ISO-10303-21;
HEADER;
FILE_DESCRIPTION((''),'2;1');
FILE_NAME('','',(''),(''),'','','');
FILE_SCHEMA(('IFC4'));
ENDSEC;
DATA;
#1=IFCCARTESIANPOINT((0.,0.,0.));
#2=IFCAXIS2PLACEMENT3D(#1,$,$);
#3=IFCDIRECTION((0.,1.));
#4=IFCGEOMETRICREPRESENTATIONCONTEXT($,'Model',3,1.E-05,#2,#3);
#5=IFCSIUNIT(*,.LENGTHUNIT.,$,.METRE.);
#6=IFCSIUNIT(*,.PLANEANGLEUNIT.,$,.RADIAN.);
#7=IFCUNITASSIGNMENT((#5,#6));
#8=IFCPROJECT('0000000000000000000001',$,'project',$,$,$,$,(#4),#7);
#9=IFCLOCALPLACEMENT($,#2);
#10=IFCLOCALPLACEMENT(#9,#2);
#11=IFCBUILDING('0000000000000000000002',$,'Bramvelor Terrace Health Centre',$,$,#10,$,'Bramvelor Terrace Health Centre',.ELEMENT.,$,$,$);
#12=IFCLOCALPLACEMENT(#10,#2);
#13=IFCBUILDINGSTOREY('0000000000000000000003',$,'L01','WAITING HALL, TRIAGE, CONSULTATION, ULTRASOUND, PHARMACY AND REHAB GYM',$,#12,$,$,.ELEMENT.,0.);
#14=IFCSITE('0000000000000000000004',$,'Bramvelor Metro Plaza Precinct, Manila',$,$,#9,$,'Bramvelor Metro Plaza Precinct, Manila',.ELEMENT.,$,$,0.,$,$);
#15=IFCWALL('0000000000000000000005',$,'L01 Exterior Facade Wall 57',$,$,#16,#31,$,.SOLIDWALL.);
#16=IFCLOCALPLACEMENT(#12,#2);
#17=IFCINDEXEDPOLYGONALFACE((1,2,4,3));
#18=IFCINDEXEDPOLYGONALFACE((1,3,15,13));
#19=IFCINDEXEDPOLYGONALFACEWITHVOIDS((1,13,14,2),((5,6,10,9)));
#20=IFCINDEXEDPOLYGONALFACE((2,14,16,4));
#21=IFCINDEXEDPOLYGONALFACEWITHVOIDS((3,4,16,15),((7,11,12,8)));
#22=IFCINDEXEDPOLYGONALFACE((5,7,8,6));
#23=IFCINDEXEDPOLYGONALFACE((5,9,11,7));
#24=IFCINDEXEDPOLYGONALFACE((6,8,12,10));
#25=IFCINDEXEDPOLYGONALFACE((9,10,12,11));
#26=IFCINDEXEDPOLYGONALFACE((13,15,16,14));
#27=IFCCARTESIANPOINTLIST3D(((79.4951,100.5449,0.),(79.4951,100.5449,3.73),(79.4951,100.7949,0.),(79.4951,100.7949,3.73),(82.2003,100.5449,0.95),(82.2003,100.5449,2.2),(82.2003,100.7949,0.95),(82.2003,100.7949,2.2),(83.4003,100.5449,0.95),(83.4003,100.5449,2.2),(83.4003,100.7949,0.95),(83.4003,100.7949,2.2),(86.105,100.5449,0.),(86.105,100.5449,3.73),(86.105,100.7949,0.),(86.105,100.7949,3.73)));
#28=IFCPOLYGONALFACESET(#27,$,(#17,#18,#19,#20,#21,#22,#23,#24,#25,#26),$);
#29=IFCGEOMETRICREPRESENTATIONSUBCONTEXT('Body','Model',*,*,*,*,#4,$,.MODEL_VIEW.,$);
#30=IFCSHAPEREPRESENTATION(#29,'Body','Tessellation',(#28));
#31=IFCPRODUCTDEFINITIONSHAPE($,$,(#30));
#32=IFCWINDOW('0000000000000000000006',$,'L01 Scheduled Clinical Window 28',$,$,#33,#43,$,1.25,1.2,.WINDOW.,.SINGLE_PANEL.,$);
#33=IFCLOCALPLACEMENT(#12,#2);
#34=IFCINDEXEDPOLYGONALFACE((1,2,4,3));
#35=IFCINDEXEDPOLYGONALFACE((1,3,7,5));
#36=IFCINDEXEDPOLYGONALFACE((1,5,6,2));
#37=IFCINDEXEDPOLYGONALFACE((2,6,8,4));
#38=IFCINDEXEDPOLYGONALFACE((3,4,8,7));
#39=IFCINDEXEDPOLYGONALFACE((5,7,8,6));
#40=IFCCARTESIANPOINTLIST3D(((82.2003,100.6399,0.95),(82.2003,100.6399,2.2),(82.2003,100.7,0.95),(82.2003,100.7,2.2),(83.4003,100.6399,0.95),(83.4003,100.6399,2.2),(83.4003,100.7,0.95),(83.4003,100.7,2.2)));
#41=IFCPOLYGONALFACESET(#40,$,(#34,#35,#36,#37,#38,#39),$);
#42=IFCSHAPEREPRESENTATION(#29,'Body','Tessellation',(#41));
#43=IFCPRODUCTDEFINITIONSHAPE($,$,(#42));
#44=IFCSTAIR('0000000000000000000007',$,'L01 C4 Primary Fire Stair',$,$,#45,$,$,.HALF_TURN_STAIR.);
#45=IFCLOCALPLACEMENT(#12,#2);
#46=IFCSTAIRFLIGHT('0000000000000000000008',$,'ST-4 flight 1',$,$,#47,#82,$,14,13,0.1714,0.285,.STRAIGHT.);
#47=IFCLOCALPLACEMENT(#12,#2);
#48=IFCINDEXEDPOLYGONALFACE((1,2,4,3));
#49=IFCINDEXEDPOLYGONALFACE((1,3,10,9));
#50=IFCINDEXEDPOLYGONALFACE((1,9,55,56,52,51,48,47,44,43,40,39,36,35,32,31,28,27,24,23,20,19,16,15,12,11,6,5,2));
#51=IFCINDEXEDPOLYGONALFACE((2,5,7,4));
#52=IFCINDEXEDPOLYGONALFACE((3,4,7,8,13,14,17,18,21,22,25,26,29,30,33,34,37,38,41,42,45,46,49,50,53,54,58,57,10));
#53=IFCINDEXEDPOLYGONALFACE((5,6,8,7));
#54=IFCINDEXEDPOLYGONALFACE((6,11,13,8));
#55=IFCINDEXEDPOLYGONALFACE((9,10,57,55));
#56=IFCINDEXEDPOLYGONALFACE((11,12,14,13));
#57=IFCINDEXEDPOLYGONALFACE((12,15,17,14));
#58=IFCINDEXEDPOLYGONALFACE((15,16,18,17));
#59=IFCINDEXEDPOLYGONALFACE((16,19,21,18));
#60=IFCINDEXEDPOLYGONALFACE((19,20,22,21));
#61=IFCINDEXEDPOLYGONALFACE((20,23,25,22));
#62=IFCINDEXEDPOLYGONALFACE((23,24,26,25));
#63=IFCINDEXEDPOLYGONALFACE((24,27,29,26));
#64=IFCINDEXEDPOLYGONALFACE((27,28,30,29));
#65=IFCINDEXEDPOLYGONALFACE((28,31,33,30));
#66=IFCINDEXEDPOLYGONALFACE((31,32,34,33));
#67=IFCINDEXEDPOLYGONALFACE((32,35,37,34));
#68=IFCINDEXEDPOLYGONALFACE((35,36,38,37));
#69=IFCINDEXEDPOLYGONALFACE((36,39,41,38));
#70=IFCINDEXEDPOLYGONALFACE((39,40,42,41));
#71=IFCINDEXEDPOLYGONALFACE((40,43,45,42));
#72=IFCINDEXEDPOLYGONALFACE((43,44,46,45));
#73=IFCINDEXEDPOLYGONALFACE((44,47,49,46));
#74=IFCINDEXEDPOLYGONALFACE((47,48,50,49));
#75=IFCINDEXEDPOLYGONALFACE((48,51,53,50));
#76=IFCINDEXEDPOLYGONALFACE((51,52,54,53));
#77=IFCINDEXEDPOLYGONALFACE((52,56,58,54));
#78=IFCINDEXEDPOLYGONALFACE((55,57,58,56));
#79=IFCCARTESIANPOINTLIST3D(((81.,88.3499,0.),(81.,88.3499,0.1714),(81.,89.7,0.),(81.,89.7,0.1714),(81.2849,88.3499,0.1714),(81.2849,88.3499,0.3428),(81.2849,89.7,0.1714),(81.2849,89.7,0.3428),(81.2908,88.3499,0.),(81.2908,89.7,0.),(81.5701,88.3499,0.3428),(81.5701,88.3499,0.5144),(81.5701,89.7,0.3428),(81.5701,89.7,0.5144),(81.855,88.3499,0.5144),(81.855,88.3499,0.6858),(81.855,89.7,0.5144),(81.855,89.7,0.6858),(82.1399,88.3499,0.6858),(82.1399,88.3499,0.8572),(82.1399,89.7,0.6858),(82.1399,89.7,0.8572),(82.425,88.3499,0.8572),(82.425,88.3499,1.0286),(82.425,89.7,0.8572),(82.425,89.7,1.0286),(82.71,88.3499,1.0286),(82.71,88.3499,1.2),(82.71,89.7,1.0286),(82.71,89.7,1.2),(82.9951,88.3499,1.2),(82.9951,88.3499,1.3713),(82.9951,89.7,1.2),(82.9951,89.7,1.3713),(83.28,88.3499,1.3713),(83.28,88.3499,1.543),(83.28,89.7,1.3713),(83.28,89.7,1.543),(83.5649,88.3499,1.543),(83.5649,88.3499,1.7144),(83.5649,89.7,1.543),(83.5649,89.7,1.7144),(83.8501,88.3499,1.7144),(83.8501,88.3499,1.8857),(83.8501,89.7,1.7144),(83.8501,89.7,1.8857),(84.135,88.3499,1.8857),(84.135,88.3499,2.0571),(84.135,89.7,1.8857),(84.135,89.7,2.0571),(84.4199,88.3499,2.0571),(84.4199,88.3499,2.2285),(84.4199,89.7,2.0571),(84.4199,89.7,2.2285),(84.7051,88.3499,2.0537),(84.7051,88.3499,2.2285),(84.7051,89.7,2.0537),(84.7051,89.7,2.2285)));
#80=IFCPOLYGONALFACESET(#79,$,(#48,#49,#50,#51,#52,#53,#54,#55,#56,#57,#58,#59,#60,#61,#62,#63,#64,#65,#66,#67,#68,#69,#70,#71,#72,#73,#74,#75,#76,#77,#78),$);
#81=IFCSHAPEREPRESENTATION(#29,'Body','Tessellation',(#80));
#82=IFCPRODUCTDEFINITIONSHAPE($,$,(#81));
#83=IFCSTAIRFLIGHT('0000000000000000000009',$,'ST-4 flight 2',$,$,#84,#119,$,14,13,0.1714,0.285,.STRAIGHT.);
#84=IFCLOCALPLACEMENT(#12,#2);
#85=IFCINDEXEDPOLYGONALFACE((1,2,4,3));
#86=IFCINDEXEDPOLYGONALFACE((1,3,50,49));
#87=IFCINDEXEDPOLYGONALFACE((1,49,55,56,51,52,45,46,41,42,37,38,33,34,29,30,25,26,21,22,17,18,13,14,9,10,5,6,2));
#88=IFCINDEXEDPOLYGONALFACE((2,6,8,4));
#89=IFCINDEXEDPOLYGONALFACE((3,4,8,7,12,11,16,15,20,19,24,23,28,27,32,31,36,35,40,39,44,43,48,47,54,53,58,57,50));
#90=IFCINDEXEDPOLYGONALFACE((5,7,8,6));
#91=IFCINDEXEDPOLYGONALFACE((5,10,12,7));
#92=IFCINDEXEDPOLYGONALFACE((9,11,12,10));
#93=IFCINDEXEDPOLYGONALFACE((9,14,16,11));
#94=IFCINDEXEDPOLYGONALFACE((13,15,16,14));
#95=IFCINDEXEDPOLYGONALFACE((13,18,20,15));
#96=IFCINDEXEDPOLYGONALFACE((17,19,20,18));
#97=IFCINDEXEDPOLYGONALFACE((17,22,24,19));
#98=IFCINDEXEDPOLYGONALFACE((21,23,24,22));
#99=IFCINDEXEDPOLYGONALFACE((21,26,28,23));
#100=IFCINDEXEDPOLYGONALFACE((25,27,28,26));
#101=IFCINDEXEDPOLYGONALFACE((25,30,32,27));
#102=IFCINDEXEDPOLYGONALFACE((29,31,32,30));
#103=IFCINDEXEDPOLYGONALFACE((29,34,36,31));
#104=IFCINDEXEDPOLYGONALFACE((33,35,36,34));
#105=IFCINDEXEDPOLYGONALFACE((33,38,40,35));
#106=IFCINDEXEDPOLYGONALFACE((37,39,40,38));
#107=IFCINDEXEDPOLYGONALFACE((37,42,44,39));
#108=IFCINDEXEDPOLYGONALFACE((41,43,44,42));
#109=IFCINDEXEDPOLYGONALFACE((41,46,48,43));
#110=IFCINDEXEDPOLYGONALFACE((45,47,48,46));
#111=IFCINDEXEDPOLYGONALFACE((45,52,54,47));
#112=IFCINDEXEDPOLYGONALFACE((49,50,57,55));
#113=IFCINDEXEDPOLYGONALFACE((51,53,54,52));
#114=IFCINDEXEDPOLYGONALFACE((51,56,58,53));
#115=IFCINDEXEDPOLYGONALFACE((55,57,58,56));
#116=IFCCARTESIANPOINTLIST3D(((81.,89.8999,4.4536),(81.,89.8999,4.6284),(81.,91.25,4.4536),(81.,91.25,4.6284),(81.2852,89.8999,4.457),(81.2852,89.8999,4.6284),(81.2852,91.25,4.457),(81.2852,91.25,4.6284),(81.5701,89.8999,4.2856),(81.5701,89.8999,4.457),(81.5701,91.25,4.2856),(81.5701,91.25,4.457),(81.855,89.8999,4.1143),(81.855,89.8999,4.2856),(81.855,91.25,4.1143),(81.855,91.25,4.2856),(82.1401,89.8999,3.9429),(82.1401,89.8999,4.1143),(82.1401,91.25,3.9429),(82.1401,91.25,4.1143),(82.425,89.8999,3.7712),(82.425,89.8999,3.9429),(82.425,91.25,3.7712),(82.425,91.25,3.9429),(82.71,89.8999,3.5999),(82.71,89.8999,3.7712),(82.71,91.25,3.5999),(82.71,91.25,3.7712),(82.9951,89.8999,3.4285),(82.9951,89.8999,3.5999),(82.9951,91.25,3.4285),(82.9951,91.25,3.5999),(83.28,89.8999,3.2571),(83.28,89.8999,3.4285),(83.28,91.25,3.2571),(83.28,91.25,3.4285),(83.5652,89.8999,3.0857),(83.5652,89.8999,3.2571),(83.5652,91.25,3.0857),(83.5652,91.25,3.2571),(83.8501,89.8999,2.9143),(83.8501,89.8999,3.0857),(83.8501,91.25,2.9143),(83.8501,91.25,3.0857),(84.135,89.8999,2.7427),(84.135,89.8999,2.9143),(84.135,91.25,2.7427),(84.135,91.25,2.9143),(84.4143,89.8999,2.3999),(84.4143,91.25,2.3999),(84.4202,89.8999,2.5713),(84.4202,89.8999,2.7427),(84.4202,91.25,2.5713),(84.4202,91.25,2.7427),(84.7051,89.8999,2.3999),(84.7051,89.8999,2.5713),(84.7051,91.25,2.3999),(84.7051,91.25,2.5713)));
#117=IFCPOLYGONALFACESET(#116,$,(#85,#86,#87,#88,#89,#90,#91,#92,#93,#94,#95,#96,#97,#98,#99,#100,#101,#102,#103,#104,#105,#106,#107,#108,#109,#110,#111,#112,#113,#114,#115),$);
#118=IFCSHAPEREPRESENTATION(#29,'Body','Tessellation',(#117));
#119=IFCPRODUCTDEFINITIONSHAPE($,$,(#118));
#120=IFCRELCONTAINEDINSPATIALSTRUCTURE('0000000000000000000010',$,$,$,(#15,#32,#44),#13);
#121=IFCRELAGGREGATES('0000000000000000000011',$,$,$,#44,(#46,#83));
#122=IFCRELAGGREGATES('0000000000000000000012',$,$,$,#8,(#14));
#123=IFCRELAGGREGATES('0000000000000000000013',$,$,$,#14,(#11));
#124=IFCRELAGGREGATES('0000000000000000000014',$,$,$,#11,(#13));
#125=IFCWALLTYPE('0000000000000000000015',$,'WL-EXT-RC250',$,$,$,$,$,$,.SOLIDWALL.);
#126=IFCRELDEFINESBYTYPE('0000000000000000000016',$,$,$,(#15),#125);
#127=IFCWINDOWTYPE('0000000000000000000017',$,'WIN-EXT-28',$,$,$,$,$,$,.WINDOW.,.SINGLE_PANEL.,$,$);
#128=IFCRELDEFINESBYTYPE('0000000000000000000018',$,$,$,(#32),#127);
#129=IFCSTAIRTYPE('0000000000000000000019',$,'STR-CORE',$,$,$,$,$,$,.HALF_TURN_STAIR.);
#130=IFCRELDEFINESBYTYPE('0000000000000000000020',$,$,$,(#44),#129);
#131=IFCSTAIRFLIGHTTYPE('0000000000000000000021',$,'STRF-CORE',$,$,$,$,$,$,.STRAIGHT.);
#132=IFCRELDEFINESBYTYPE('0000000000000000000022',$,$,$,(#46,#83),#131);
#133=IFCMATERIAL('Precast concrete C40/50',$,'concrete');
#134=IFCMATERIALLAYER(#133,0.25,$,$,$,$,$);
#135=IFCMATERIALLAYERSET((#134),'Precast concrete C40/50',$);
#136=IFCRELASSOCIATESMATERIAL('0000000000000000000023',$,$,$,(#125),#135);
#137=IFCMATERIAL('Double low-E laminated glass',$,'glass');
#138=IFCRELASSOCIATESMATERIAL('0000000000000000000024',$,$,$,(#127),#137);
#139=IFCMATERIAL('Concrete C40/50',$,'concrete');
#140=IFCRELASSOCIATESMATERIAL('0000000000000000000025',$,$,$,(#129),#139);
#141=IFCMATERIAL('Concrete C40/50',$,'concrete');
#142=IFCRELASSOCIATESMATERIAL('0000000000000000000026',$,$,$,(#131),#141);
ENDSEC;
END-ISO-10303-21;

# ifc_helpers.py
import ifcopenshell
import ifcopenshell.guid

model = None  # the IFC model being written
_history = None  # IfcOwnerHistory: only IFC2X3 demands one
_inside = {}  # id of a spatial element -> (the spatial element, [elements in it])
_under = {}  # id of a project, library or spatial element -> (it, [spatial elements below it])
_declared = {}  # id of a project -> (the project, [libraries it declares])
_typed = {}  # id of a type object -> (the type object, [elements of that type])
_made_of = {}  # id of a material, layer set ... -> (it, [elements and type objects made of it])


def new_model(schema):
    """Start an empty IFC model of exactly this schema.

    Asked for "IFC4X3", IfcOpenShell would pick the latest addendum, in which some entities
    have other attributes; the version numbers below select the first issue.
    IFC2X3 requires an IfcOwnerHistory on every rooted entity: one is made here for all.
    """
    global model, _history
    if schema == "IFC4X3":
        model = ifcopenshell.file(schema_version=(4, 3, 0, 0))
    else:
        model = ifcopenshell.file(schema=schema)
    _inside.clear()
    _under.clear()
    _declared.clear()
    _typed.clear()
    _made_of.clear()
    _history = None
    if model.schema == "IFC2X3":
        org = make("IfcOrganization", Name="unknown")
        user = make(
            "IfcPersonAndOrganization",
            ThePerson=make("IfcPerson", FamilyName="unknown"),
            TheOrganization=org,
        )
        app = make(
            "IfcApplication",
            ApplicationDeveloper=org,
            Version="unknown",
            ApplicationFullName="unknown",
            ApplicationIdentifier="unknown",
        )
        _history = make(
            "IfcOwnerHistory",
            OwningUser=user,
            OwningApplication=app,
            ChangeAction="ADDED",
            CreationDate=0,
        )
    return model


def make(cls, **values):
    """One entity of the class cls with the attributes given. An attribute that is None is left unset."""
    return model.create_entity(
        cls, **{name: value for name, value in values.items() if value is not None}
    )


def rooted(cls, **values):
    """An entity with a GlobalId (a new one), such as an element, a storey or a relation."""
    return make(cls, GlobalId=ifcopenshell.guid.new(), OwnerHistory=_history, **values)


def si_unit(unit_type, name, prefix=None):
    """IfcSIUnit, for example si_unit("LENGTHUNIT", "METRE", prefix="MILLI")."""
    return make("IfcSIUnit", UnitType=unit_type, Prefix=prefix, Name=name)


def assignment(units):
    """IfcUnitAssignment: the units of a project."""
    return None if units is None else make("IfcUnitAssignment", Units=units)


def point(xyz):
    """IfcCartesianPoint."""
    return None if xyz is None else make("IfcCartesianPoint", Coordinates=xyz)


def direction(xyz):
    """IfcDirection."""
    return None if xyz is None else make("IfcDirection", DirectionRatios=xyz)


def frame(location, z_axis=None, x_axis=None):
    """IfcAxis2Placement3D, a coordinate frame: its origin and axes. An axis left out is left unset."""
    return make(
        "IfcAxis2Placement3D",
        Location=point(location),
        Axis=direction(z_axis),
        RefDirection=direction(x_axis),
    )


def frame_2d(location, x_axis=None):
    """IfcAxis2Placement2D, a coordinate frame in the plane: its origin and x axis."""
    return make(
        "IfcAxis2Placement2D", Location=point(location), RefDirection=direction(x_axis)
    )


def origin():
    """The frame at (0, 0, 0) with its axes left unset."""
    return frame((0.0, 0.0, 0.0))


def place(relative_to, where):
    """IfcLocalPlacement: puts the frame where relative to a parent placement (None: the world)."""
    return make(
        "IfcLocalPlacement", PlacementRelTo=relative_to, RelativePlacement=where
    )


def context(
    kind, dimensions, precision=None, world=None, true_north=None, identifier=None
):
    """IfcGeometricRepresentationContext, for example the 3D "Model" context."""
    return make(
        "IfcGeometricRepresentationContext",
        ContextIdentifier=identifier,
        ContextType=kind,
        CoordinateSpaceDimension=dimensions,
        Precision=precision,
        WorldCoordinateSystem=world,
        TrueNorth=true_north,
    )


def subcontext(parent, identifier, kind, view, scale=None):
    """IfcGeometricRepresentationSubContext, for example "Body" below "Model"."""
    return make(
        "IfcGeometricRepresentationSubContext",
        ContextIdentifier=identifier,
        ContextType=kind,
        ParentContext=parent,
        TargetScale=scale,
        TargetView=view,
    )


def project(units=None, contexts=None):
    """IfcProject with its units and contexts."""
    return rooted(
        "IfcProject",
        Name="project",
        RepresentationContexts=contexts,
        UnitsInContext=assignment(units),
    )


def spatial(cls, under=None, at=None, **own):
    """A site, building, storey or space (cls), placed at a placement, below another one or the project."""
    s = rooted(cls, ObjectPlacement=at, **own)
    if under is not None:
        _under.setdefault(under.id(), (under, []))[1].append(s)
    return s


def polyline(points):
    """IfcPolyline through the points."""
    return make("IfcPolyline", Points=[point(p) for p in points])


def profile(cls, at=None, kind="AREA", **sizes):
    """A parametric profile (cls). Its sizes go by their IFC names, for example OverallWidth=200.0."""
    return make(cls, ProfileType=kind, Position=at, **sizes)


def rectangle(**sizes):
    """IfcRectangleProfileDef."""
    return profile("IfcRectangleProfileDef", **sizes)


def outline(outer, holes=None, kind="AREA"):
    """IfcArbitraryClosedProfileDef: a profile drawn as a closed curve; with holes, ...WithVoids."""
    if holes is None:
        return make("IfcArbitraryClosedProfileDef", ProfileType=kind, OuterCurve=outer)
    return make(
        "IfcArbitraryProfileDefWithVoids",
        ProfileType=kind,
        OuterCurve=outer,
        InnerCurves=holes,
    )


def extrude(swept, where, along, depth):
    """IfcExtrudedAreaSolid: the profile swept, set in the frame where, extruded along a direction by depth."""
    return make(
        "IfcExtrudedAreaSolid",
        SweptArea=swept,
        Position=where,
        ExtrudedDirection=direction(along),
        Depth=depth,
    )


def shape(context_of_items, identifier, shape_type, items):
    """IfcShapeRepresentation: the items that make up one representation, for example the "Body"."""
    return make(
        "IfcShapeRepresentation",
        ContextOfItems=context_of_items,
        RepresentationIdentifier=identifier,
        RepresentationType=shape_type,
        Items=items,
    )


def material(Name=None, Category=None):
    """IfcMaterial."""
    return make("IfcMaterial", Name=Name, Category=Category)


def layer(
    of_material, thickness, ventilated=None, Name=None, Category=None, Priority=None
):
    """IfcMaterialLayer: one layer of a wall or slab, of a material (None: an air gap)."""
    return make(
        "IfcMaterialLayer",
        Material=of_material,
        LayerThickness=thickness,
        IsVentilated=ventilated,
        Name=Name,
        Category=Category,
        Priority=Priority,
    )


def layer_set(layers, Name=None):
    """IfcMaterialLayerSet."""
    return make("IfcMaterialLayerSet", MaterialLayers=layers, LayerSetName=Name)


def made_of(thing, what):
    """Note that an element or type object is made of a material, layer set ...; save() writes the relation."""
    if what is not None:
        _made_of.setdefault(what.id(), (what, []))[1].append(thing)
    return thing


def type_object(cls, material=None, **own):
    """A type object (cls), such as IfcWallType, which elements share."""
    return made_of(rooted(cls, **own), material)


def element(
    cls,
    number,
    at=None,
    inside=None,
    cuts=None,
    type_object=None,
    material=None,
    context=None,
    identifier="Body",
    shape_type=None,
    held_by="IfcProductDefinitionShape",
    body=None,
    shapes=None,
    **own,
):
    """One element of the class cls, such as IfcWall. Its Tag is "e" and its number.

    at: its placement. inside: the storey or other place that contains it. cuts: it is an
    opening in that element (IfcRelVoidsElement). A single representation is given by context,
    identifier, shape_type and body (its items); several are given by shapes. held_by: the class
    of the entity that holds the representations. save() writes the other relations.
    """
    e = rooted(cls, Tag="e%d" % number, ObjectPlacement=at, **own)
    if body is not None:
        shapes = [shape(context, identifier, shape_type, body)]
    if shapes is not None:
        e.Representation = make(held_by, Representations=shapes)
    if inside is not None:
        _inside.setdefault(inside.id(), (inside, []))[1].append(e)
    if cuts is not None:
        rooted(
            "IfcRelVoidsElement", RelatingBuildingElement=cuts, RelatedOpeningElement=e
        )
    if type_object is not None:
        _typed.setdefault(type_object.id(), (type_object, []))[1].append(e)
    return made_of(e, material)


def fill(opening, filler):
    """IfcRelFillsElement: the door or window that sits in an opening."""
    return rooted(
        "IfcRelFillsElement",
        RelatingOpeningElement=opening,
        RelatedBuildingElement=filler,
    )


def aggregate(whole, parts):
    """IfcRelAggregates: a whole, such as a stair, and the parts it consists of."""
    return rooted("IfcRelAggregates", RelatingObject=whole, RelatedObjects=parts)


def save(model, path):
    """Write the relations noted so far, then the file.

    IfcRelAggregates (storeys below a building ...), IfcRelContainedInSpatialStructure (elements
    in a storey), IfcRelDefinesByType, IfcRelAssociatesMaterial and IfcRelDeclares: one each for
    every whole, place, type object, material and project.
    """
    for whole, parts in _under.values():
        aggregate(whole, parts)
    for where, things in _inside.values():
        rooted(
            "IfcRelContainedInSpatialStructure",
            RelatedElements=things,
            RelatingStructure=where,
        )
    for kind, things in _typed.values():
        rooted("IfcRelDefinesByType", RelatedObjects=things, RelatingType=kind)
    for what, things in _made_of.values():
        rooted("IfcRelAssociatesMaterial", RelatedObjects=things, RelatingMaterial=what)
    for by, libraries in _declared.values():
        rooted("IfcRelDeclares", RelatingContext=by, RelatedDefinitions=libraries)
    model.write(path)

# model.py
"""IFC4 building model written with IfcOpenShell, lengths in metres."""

from ifc_helpers import new_model, si_unit, direction, frame, frame_2d, origin, place, context, subcontext, project, spatial, polyline, rectangle, outline, extrude, material, layer, layer_set, type_object, element, fill, aggregate, save


model = new_model("IFC4")

# Units and contexts
model_context = context("Model", 3, precision=1e-05, world=origin(), true_north=direction((0.0, 1.0)))
body_context = subcontext(model_context, "Body", "Model", "MODEL_VIEW")
ifc_project = project(units=[si_unit("LENGTHUNIT", "METRE"), si_unit("PLANEANGLEUNIT", "RADIAN")], contexts=[model_context])

# Site, building, storey
site_placement = place(None, origin())
site = spatial("IfcSite", under=ifc_project, at=site_placement, Name="Bramvelor Metro Plaza Precinct, Manila", LongName="Bramvelor Metro Plaza Precinct, Manila", CompositionType="ELEMENT", RefElevation=0.0)
building_placement = place(site_placement, origin())
building = spatial("IfcBuilding", under=site, at=building_placement, Name="Bramvelor Terrace Health Centre", LongName="Bramvelor Terrace Health Centre", CompositionType="ELEMENT")
storey_placement = place(building_placement, origin())
storey = spatial("IfcBuildingStorey", under=building, at=storey_placement, Name="L01", Description="WAITING HALL, TRIAGE, CONSULTATION, ULTRASOUND, PHARMACY AND REHAB GYM", CompositionType="ELEMENT", Elevation=0.0)

# Wall, opening, window
ifc_material_1 = material(Name="Precast concrete C40/50", Category="concrete")
ifc_layer_1 = layer(ifc_material_1, 0.25)
ifc_layer_set_1 = layer_set([ifc_layer_1], Name="Precast concrete C40/50")
wall_type_1 = type_object("IfcWallType", Name="WL-EXT-RC250", PredefinedType="SOLIDWALL", material=ifc_layer_set_1)
wall_1_placement = place(storey_placement, frame((79.4951, 100.6699, 0.0), z_axis=(0.0, 0.0, 1.0), x_axis=(1.0, 0.0, 0.0)))
wall_1 = element("IfcWall", 1, at=wall_1_placement, inside=storey, type_object=wall_type_1, Name="L01 Exterior Facade Wall 57", PredefinedType="SOLIDWALL", context=body_context, shape_type="SweptSolid", body=[
    extrude(rectangle(XDim=6.6099, YDim=0.25, at=frame_2d((3.3049, 0.0))), origin(), (0.0, 0.0, 1.0), 3.73),
])
opening_1_placement = place(wall_1_placement, frame((2.7051, 0.0, 0.95)))
opening_1 = element("IfcOpeningElement", 2, at=opening_1_placement, cuts=wall_1, PredefinedType="OPENING", context=body_context, shape_type="SweptSolid", body=[
    extrude(rectangle(XDim=1.2, YDim=1.25, at=frame_2d((0.6001, 0.625))), frame((0.0, 0.135, 0.0), z_axis=(0.0, -1.0, 0.0), x_axis=(1.0, 0.0, 0.0)), (0.0, 0.0, 1.0), 0.27),
])
ifc_material_2 = material(Name="Double low-E laminated glass", Category="glass")
window_type = type_object("IfcWindowType", Name="WIN-EXT-28", PartitioningType="SINGLE_PANEL", PredefinedType="WINDOW", material=ifc_material_2)
window_placement = place(opening_1_placement, origin())
window = element("IfcWindow", 3, at=window_placement, inside=storey, type_object=window_type, Name="L01 Scheduled Clinical Window 28", OverallHeight=1.25, OverallWidth=1.2, PartitioningType="SINGLE_PANEL", PredefinedType="WINDOW", context=body_context, shape_type="SweptSolid", body=[
    extrude(rectangle(XDim=1.2, YDim=1.25, at=frame_2d((0.6001, 0.625))), frame((0.0, 0.03, 0.0), z_axis=(0.0, -1.0, 0.0), x_axis=(1.0, 0.0, 0.0)), (0.0, 0.0, 1.0), 0.0601),
])
fill(opening_1, window)

# Stair, stair flights
ifc_material_3 = material(Name="Concrete C40/50", Category="concrete")
stair_type = type_object("IfcStairType", Name="STR-CORE", PredefinedType="HALF_TURN_STAIR", material=ifc_material_3)
stair_placement = place(storey_placement, origin())
stair = element("IfcStair", 4, at=stair_placement, inside=storey, type_object=stair_type, Name="L01 C4 Primary Fire Stair", PredefinedType="HALF_TURN_STAIR")
ifc_material_4 = material(Name="Concrete C40/50", Category="concrete")
stair_flight_type = type_object("IfcStairFlightType", Name="STRF-CORE", PredefinedType="STRAIGHT", material=ifc_material_4)
stair_flight_1_placement = place(storey_placement, frame((81.0, 89.0249, 0.0), z_axis=(0.0, 0.0, 1.0), x_axis=(1.0, 0.0, 0.0)))
stair_flight_1 = element("IfcStairFlight", 5, at=stair_flight_1_placement, type_object=stair_flight_type, Name="ST-4 flight 1", NumberOfRisers=14, NumberOfTreads=13, PredefinedType="STRAIGHT", RiserHeight=0.1714, TreadLength=0.285, context=body_context, shape_type="SweptSolid", body=[
    extrude(outline(polyline([(0.0, 0.0), (0.0, 0.1714), (0.2849, 0.1714), (0.2849, 0.3428), (0.5701, 0.3428), (0.5701, 0.5144), (0.855, 0.5144), (0.855, 0.6858), (1.1399, 0.6858), (1.1399, 0.8572), (1.425, 0.8572), (1.425, 1.0286), (1.71, 1.0286), (1.71, 1.2), (1.9951, 1.2), (1.9951, 1.3713), (2.28, 1.3713), (2.28, 1.543), (2.5649, 1.543), (2.5649, 1.7144), (2.8501, 1.7144), (2.8501, 1.8857), (3.135, 1.8857), (3.135, 2.0571), (3.4199, 2.0571), (3.4199, 2.2285), (3.7051, 2.2285), (3.7051, 2.3999), (3.7051, 2.0537), (0.2908, 0.0), (0.0, 0.0)])), frame((0.0, 0.675, 0.0), z_axis=(0.0, -1.0, 0.0), x_axis=(1.0, 0.0, 0.0)), (0.0, 0.0, 1.0), 1.3501),
])
stair_flight_2_placement = place(storey_placement, frame((84.7051, 90.575, 2.3999), z_axis=(0.0, 0.0, 1.0), x_axis=(-1.0, 0.0, 0.0)))
stair_flight_2 = element("IfcStairFlight", 6, at=stair_flight_2_placement, type_object=stair_flight_type, Name="ST-4 flight 2", NumberOfRisers=14, NumberOfTreads=13, PredefinedType="STRAIGHT", RiserHeight=0.1714, TreadLength=0.285, context=body_context, shape_type="SweptSolid", body=[
    extrude(outline(polyline([(0.0, 0.0), (0.0, 0.1714), (0.2849, 0.1714), (0.2849, 0.3428), (0.5701, 0.3428), (0.5701, 0.5144), (0.855, 0.5144), (0.855, 0.6858), (1.1399, 0.6858), (1.1399, 0.8572), (1.425, 0.8572), (1.425, 1.0286), (1.71, 1.0286), (1.71, 1.2), (1.9951, 1.2), (1.9951, 1.3713), (2.28, 1.3713), (2.28, 1.543), (2.5649, 1.543), (2.5649, 1.7144), (2.8501, 1.7144), (2.8501, 1.8857), (3.135, 1.8857), (3.135, 2.0571), (3.4199, 2.0571), (3.4199, 2.2285), (3.7051, 2.2285), (3.7051, 2.3999), (3.7051, 2.0537), (0.2908, 0.0), (0.0, 0.0)])), frame((0.0, 0.675, 0.0), z_axis=(0.0, -1.0, 0.0), x_axis=(1.0, 0.0, 0.0)), (0.0, 0.0, 1.0), 1.3501),
])
aggregate(stair, [stair_flight_1, stair_flight_2])

save(model, "model.ifc")
